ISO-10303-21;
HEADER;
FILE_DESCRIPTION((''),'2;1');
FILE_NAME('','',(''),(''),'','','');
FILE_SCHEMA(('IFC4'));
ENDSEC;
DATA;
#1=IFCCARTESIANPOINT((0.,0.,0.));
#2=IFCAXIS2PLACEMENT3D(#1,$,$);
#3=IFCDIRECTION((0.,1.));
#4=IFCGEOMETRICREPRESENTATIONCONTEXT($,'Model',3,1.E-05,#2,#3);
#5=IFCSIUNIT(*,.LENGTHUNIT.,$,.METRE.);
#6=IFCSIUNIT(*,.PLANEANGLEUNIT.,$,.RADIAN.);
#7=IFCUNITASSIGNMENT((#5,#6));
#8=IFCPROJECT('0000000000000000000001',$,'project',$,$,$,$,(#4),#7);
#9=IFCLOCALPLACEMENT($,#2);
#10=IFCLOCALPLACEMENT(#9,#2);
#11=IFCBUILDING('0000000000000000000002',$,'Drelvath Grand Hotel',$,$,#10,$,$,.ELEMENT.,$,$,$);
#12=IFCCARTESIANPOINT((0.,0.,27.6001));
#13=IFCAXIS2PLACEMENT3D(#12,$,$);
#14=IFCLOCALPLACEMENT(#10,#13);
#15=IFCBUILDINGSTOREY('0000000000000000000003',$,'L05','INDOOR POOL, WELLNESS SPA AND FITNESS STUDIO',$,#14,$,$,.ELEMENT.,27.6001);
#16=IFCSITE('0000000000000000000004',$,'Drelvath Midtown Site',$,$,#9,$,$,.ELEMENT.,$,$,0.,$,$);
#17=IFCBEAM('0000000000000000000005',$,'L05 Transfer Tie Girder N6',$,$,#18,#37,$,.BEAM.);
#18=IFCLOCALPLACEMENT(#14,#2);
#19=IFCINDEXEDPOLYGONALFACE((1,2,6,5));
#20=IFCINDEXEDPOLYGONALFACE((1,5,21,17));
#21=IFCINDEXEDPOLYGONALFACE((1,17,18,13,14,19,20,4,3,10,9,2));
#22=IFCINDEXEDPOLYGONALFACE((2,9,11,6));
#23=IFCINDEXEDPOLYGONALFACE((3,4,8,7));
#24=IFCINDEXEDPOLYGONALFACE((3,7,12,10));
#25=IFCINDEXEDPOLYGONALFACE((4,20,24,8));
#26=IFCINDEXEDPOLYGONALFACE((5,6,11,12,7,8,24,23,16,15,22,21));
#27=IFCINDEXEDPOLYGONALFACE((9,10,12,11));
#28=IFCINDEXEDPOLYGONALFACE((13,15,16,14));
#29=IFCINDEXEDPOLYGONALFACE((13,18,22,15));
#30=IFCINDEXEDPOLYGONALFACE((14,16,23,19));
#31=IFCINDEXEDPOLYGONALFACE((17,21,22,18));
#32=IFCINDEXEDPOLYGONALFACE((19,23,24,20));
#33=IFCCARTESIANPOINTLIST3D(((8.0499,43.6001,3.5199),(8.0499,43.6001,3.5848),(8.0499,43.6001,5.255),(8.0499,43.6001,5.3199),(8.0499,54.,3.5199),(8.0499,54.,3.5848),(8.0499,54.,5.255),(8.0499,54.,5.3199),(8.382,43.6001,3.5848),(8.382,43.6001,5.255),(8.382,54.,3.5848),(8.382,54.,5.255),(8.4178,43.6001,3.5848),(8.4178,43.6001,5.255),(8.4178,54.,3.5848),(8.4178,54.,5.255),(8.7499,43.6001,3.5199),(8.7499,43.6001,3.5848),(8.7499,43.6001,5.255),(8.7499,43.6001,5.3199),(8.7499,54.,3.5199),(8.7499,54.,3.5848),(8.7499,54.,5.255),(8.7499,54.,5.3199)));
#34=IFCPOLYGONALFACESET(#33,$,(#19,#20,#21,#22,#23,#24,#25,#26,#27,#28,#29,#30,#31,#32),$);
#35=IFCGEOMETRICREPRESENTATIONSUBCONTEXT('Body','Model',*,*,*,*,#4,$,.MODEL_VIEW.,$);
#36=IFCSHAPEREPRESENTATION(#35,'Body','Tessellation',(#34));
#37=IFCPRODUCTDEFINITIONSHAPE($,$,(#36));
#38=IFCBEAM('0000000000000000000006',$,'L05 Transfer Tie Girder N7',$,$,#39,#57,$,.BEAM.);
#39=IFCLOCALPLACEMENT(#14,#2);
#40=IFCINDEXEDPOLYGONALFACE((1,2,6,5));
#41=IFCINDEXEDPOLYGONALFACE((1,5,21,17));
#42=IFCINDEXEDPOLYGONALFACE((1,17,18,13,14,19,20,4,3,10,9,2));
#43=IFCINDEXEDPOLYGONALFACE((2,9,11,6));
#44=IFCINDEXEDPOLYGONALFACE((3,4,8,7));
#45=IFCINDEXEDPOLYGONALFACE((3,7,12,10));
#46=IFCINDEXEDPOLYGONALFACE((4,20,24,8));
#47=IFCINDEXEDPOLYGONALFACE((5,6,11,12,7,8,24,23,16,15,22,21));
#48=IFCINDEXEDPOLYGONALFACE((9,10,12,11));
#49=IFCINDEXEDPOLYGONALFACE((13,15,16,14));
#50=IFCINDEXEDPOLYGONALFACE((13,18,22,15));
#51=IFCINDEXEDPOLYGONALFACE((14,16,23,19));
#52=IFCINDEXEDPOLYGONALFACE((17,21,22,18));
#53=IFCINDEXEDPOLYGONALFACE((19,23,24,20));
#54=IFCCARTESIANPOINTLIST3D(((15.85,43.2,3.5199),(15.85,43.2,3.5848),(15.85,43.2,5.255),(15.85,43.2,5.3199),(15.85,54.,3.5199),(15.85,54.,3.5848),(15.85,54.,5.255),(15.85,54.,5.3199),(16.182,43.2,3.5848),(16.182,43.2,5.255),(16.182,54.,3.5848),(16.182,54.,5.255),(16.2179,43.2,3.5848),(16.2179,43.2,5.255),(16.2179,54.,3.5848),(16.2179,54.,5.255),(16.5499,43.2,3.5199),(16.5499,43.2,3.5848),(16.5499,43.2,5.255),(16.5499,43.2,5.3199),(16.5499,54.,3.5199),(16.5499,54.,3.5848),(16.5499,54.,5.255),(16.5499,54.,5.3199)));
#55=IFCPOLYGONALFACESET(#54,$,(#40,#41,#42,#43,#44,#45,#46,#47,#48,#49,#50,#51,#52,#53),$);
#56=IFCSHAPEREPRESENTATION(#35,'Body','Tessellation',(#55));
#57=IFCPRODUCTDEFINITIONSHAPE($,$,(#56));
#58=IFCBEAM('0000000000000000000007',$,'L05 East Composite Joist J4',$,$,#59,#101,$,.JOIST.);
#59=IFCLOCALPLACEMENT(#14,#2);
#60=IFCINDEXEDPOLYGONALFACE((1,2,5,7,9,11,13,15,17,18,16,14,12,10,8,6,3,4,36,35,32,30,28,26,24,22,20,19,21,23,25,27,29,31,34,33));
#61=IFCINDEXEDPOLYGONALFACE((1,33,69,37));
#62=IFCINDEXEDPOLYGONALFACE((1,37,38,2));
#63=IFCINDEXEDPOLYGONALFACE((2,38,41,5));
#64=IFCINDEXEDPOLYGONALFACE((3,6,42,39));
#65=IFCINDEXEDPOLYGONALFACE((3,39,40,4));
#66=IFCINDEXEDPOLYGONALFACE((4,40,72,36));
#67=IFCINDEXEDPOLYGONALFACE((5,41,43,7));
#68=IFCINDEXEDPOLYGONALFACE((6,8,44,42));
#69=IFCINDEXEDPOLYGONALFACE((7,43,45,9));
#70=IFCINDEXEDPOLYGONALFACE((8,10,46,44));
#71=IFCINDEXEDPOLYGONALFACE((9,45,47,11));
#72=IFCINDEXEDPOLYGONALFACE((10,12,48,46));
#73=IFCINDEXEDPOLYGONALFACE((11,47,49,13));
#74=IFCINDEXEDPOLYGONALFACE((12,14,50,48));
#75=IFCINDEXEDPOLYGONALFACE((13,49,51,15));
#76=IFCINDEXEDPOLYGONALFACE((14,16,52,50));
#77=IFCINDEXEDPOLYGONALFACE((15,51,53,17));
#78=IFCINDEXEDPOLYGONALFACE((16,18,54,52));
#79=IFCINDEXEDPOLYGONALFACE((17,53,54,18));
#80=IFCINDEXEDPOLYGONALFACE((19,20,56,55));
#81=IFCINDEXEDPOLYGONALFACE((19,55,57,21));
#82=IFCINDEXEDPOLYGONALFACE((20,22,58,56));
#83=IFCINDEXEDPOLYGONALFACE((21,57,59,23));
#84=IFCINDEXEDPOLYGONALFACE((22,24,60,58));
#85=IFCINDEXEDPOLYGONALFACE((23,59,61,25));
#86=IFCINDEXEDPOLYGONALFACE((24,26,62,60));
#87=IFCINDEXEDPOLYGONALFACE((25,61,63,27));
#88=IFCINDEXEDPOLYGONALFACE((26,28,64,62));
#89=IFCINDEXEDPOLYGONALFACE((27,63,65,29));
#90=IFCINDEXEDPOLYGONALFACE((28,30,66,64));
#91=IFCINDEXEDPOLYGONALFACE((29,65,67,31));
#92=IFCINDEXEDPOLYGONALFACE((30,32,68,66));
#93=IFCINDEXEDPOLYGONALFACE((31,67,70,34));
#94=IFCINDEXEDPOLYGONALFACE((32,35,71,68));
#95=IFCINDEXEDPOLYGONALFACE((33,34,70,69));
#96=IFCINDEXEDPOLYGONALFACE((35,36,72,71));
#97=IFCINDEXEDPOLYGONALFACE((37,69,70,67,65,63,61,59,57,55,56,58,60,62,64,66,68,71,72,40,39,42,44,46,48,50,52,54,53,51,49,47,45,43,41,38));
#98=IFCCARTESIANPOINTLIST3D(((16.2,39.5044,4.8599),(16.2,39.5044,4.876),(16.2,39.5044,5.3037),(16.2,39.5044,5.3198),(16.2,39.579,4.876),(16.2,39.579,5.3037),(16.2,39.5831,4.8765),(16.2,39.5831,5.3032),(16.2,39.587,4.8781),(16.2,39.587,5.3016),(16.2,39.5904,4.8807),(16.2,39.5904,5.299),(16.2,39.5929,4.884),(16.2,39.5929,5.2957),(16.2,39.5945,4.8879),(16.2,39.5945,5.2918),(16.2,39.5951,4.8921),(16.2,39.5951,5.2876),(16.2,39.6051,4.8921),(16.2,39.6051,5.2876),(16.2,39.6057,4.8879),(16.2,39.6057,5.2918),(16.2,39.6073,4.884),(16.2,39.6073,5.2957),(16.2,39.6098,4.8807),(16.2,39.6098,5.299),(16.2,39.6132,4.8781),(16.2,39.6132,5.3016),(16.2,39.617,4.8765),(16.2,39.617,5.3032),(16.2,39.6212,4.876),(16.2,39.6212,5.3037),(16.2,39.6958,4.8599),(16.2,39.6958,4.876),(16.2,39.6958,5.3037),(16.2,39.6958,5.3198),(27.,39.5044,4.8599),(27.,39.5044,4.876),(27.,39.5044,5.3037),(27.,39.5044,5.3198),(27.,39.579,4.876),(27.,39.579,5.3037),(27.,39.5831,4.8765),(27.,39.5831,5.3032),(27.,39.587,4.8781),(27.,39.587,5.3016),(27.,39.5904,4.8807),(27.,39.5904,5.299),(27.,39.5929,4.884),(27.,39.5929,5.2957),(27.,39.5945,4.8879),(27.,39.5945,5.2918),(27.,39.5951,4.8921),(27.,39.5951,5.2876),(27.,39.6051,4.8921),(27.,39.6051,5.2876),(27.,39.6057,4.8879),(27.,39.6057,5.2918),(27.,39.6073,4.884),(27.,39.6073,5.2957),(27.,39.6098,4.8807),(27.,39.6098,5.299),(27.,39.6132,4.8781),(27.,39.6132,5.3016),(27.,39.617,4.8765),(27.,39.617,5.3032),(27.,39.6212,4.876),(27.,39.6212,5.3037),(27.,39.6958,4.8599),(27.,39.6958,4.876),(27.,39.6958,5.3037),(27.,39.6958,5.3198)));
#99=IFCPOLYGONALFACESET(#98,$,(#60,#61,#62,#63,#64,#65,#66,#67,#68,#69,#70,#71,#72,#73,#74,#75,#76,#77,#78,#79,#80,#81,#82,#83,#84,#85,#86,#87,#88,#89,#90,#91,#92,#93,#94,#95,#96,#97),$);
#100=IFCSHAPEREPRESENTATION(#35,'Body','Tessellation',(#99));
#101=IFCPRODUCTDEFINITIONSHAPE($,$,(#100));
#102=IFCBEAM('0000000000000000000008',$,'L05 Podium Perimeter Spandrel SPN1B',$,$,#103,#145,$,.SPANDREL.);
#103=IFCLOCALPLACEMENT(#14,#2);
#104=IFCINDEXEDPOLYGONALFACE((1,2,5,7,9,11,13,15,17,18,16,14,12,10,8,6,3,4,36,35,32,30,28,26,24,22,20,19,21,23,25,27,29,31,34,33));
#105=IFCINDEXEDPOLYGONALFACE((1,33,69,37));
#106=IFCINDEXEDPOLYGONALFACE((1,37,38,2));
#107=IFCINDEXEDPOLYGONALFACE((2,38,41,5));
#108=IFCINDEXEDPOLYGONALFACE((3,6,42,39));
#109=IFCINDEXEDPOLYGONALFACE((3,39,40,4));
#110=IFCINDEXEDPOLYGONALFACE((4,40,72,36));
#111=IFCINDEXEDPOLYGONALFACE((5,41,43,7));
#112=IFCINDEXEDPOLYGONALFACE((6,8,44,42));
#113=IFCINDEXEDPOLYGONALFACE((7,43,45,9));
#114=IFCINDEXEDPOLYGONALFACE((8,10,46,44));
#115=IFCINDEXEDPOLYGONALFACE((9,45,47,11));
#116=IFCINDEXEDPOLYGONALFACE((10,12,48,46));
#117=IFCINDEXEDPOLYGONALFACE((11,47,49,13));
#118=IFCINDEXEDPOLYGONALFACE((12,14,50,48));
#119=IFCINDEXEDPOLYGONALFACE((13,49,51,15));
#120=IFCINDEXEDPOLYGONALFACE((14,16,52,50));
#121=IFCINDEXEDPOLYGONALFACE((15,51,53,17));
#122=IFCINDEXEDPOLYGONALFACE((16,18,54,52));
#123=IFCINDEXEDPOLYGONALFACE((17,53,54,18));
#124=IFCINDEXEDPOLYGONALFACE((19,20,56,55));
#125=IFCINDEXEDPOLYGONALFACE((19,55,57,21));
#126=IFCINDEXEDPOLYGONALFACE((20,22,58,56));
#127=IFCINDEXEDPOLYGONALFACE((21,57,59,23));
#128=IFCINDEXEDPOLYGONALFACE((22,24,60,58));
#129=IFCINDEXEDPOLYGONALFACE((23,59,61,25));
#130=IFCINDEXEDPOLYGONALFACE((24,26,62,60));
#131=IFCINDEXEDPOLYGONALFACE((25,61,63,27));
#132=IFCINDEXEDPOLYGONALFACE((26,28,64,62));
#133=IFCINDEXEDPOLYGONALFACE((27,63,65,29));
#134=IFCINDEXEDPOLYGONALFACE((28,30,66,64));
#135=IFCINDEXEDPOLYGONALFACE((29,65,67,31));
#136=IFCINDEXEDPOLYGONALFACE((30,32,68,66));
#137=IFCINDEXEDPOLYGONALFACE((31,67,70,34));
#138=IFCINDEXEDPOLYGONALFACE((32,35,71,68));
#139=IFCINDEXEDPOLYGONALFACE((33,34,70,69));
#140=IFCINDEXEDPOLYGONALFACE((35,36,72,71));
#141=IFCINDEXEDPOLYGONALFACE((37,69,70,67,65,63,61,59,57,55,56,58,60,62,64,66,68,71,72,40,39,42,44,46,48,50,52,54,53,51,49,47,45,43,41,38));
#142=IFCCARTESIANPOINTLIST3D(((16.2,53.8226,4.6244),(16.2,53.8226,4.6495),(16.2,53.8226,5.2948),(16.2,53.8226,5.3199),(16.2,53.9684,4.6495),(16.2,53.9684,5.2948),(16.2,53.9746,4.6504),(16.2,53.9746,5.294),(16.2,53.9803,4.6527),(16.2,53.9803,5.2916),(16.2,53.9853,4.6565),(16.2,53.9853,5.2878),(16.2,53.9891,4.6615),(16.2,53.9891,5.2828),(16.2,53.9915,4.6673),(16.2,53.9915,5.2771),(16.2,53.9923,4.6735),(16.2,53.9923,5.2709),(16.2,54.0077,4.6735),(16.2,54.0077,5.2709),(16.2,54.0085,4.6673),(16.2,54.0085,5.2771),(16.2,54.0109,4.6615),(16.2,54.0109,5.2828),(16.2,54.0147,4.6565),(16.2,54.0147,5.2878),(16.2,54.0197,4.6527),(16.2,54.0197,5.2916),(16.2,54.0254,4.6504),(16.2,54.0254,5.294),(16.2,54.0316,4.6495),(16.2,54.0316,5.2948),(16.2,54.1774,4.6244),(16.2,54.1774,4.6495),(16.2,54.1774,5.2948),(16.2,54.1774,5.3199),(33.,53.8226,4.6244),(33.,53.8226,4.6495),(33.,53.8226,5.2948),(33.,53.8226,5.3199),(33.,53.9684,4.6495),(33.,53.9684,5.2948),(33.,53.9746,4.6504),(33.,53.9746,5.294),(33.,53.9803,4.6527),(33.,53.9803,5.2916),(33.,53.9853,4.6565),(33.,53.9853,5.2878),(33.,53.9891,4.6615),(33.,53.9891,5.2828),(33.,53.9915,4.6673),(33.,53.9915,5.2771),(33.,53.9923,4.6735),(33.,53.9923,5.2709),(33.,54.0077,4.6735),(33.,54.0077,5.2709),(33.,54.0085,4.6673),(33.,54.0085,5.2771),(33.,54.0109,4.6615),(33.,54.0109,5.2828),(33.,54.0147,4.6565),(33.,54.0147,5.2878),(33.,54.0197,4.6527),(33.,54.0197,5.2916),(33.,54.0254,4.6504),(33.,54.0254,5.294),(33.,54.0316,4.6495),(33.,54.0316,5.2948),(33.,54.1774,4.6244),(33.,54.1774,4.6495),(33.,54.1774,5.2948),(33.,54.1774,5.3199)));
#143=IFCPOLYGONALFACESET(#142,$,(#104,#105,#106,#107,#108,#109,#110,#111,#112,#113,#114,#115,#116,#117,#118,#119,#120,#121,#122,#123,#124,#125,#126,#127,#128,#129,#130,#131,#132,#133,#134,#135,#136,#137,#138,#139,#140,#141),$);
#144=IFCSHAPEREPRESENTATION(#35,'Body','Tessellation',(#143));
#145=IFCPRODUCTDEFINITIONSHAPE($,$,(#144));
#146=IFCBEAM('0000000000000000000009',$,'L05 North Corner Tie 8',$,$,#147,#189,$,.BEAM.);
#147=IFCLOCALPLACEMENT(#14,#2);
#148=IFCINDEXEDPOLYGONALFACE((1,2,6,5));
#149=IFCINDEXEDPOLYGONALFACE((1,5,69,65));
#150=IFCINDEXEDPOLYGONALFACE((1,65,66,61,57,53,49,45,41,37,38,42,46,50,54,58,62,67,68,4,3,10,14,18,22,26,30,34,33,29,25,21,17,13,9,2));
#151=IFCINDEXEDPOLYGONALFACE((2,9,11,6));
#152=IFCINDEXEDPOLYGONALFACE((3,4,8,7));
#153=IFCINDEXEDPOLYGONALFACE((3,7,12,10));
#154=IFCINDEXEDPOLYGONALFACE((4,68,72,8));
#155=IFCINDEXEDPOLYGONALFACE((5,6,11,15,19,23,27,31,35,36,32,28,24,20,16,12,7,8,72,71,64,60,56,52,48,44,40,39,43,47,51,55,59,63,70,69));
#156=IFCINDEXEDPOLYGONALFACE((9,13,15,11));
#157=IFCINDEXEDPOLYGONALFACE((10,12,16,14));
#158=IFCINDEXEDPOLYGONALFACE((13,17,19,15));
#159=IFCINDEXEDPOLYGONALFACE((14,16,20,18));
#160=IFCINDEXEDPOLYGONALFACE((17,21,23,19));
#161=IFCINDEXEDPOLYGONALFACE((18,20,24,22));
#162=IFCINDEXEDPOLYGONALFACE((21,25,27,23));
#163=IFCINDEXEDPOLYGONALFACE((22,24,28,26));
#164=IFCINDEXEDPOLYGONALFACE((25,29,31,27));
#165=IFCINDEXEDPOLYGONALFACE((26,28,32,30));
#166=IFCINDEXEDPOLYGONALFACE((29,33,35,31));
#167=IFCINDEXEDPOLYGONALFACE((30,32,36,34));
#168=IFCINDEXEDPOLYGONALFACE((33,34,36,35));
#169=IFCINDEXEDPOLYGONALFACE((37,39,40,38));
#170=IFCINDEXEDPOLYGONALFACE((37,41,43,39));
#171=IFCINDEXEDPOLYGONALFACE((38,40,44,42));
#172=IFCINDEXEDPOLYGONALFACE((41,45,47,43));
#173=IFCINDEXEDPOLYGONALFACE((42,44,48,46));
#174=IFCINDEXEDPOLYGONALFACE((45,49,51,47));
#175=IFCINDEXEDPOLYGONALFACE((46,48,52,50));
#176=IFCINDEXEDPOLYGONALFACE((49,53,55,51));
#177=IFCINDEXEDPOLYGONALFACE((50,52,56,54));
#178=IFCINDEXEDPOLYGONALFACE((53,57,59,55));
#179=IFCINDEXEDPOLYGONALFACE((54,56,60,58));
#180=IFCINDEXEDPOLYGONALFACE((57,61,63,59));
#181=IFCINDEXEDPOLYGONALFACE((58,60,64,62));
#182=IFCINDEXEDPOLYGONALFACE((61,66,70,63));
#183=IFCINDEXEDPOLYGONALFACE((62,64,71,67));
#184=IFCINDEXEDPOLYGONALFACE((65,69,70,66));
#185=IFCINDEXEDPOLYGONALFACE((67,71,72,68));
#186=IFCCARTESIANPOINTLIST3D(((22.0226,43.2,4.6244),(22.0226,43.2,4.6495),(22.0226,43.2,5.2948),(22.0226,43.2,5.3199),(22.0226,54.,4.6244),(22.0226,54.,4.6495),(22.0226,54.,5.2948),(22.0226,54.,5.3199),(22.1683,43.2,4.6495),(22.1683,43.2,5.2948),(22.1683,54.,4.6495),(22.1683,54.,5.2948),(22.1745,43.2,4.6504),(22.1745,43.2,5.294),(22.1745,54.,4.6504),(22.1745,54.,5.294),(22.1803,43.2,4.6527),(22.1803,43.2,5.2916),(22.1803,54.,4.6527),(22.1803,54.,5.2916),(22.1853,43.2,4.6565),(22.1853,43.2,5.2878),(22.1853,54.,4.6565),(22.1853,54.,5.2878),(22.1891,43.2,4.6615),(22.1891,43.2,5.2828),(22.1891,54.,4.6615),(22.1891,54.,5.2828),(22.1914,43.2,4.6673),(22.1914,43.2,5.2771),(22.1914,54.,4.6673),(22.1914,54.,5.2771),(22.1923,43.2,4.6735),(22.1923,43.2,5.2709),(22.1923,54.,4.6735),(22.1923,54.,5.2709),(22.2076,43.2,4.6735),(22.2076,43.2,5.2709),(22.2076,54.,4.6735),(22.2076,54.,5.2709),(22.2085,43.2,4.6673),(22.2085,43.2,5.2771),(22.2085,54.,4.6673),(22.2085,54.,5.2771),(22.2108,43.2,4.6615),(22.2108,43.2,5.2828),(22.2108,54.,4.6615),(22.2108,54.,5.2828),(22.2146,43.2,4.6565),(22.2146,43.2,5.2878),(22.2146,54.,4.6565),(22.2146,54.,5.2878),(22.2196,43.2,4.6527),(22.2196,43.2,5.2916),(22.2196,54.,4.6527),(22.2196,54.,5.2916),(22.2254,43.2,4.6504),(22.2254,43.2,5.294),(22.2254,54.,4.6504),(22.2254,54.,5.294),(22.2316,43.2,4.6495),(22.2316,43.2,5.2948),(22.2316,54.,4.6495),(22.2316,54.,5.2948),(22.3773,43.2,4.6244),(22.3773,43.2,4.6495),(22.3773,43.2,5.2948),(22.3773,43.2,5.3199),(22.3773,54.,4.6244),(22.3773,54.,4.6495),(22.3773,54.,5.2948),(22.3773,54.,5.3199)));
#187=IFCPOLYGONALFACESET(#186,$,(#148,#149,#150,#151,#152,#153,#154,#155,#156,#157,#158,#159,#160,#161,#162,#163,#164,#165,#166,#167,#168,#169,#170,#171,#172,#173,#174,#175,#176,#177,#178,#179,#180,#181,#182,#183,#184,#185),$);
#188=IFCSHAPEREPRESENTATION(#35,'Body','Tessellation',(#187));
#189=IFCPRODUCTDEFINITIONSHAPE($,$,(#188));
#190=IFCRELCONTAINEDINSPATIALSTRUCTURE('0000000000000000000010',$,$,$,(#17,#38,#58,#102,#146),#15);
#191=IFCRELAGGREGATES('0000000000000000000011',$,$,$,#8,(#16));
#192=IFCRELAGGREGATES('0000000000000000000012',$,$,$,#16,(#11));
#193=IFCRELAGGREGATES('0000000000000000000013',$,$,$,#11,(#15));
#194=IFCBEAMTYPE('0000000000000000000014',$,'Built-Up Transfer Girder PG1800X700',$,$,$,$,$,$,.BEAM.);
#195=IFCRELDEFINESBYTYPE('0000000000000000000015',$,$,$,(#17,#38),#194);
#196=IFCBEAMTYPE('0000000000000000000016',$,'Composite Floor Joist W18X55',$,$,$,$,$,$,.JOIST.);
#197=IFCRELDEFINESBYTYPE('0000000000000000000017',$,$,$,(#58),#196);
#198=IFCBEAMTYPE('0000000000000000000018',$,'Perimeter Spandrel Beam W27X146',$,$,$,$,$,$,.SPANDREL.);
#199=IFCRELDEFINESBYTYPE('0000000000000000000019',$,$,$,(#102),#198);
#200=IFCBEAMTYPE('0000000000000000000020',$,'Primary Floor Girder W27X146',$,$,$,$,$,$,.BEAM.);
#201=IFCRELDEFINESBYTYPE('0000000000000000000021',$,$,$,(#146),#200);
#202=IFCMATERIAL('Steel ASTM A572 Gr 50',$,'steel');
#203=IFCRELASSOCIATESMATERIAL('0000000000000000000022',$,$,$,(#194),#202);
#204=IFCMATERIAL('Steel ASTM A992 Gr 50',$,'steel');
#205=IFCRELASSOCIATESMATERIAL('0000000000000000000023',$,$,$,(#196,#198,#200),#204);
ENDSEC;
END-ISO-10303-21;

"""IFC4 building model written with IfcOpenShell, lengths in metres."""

from ifc_helpers import new_model, si_unit, direction, frame, origin, origin_2d, place, context, subcontext, project, spatial, i_section, extrude, material, material_profile, profile_set, type_object, element, save


model = new_model("IFC4")

# Units and contexts
model_context = context("Model", 3, precision=1e-05, world=origin(), true_north=direction((0.0, 1.0)))
body_context = subcontext(model_context, "Body", "Model", "MODEL_VIEW")
ifc_project = project(units=[si_unit("LENGTHUNIT", "METRE"), si_unit("PLANEANGLEUNIT", "RADIAN")], contexts=[model_context])

# Site, building, storey
site_placement = place(None, origin())
site = spatial("IfcSite", under=ifc_project, at=site_placement, Name="Drelvath Midtown Site", CompositionType="ELEMENT", RefElevation=0.0)
building_placement = place(site_placement, origin())
building = spatial("IfcBuilding", under=site, at=building_placement, Name="Drelvath Grand Hotel", CompositionType="ELEMENT")
storey_placement = place(building_placement, frame((0.0, 0.0, 27.6001)))
storey = spatial("IfcBuildingStorey", under=building, at=storey_placement, Name="L05", Description="INDOOR POOL, WELLNESS SPA AND FITNESS STUDIO", CompositionType="ELEMENT", Elevation=27.6001)

# Beams
ifc_material_1 = material(Name="Steel ASTM A572 Gr 50", Category="steel")
ifc_material_profile_1 = material_profile(ifc_material_1, i_section(OverallWidth=0.7, OverallDepth=1.8, WebThickness=0.0359, FlangeThickness=0.0649, at=origin_2d()), Name="PG1800X700")
ifc_profile_set_1 = profile_set([ifc_material_profile_1], Name="Steel ASTM A572 Gr 50")
beam_type_1 = type_object("IfcBeamType", Name="Built-Up Transfer Girder PG1800X700", PredefinedType="BEAM", material=ifc_profile_set_1)
beam_1_placement = place(storey_placement, frame((8.3999, 43.6001, 4.4199), z_axis=(0.0, 1.0, 0.0), x_axis=(-1.0, 0.0, 0.0)))
element("IfcBeam", 1, at=beam_1_placement, inside=storey, type_object=beam_type_1, Name="L05 Transfer Tie Girder N6", PredefinedType="BEAM", context=body_context, shape_type="SweptSolid", body=[
    extrude(i_section(OverallWidth=0.7, OverallDepth=1.8, WebThickness=0.0359, FlangeThickness=0.0649, at=origin_2d()), origin(), (0.0, 0.0, 1.0), 10.3999),
])
beam_2_placement = place(storey_placement, frame((16.2, 43.2, 4.4199), z_axis=(0.0, 1.0, 0.0), x_axis=(-1.0, 0.0, 0.0)))
element("IfcBeam", 2, at=beam_2_placement, inside=storey, type_object=beam_type_1, Name="L05 Transfer Tie Girder N7", PredefinedType="BEAM", context=body_context, shape_type="SweptSolid", body=[
    extrude(i_section(OverallWidth=0.7, OverallDepth=1.8, WebThickness=0.0359, FlangeThickness=0.0649, at=origin_2d()), origin(), (0.0, 0.0, 1.0), 10.8),
])
ifc_material_2 = material(Name="Steel ASTM A992 Gr 50", Category="steel")
ifc_material_profile_2 = material_profile(ifc_material_2, i_section(OverallWidth=0.1914, OverallDepth=0.46, WebThickness=0.01, FlangeThickness=0.0161, FilletRadius=0.0161, at=origin_2d()), Name="W18X55")
ifc_profile_set_2 = profile_set([ifc_material_profile_2], Name="Steel ASTM A992 Gr 50")
beam_type_2 = type_object("IfcBeamType", Name="Composite Floor Joist W18X55", PredefinedType="JOIST", material=ifc_profile_set_2)
beam_3_placement = place(storey_placement, frame((16.2, 39.6001, 5.0898), z_axis=(1.0, 0.0, 0.0), x_axis=(0.0, 1.0, 0.0)))
element("IfcBeam", 3, at=beam_3_placement, inside=storey, type_object=beam_type_2, Name="L05 East Composite Joist J4", PredefinedType="JOIST", context=body_context, shape_type="SweptSolid", body=[
    extrude(i_section(OverallWidth=0.1914, OverallDepth=0.46, WebThickness=0.01, FlangeThickness=0.0161, FilletRadius=0.0161, at=origin_2d()), origin(), (0.0, 0.0, 1.0), 10.8),
])
ifc_material_profile_3 = material_profile(ifc_material_2, i_section(OverallWidth=0.3547, OverallDepth=0.6956, WebThickness=0.0154, FlangeThickness=0.0251, FilletRadius=0.0239, at=origin_2d()), Name="W27X146")
ifc_profile_set_3 = profile_set([ifc_material_profile_3], Name="Steel ASTM A992 Gr 50")
beam_type_3 = type_object("IfcBeamType", Name="Perimeter Spandrel Beam W27X146", PredefinedType="SPANDREL", material=ifc_profile_set_3)
beam_4_placement = place(storey_placement, frame((16.2, 54.0, 4.9722), z_axis=(1.0, 0.0, 0.0), x_axis=(0.0, 1.0, 0.0)))
element("IfcBeam", 4, at=beam_4_placement, inside=storey, type_object=beam_type_3, Name="L05 Podium Perimeter Spandrel SPN1B", PredefinedType="SPANDREL", context=body_context, shape_type="SweptSolid", body=[
    extrude(i_section(OverallWidth=0.3547, OverallDepth=0.6956, WebThickness=0.0154, FlangeThickness=0.0251, FilletRadius=0.0239, at=origin_2d()), origin(), (0.0, 0.0, 1.0), 16.8),
])
ifc_material_profile_4 = material_profile(ifc_material_2, i_section(OverallWidth=0.3547, OverallDepth=0.6956, WebThickness=0.0154, FlangeThickness=0.0251, FilletRadius=0.0239, at=origin_2d()), Name="W27X146")
ifc_profile_set_4 = profile_set([ifc_material_profile_4], Name="Steel ASTM A992 Gr 50")
beam_type_4 = type_object("IfcBeamType", Name="Primary Floor Girder W27X146", PredefinedType="BEAM", material=ifc_profile_set_4)
beam_5_placement = place(storey_placement, frame((22.2, 43.2, 4.9722), z_axis=(0.0, 1.0, 0.0), x_axis=(-1.0, 0.0, 0.0)))
element("IfcBeam", 5, at=beam_5_placement, inside=storey, type_object=beam_type_4, Name="L05 North Corner Tie 8", PredefinedType="BEAM", context=body_context, shape_type="SweptSolid", body=[
    extrude(i_section(OverallWidth=0.3547, OverallDepth=0.6956, WebThickness=0.0154, FlangeThickness=0.0251, FilletRadius=0.0239, at=origin_2d()), origin(), (0.0, 0.0, 1.0), 10.8),
])

save(model, "model.ifc")
